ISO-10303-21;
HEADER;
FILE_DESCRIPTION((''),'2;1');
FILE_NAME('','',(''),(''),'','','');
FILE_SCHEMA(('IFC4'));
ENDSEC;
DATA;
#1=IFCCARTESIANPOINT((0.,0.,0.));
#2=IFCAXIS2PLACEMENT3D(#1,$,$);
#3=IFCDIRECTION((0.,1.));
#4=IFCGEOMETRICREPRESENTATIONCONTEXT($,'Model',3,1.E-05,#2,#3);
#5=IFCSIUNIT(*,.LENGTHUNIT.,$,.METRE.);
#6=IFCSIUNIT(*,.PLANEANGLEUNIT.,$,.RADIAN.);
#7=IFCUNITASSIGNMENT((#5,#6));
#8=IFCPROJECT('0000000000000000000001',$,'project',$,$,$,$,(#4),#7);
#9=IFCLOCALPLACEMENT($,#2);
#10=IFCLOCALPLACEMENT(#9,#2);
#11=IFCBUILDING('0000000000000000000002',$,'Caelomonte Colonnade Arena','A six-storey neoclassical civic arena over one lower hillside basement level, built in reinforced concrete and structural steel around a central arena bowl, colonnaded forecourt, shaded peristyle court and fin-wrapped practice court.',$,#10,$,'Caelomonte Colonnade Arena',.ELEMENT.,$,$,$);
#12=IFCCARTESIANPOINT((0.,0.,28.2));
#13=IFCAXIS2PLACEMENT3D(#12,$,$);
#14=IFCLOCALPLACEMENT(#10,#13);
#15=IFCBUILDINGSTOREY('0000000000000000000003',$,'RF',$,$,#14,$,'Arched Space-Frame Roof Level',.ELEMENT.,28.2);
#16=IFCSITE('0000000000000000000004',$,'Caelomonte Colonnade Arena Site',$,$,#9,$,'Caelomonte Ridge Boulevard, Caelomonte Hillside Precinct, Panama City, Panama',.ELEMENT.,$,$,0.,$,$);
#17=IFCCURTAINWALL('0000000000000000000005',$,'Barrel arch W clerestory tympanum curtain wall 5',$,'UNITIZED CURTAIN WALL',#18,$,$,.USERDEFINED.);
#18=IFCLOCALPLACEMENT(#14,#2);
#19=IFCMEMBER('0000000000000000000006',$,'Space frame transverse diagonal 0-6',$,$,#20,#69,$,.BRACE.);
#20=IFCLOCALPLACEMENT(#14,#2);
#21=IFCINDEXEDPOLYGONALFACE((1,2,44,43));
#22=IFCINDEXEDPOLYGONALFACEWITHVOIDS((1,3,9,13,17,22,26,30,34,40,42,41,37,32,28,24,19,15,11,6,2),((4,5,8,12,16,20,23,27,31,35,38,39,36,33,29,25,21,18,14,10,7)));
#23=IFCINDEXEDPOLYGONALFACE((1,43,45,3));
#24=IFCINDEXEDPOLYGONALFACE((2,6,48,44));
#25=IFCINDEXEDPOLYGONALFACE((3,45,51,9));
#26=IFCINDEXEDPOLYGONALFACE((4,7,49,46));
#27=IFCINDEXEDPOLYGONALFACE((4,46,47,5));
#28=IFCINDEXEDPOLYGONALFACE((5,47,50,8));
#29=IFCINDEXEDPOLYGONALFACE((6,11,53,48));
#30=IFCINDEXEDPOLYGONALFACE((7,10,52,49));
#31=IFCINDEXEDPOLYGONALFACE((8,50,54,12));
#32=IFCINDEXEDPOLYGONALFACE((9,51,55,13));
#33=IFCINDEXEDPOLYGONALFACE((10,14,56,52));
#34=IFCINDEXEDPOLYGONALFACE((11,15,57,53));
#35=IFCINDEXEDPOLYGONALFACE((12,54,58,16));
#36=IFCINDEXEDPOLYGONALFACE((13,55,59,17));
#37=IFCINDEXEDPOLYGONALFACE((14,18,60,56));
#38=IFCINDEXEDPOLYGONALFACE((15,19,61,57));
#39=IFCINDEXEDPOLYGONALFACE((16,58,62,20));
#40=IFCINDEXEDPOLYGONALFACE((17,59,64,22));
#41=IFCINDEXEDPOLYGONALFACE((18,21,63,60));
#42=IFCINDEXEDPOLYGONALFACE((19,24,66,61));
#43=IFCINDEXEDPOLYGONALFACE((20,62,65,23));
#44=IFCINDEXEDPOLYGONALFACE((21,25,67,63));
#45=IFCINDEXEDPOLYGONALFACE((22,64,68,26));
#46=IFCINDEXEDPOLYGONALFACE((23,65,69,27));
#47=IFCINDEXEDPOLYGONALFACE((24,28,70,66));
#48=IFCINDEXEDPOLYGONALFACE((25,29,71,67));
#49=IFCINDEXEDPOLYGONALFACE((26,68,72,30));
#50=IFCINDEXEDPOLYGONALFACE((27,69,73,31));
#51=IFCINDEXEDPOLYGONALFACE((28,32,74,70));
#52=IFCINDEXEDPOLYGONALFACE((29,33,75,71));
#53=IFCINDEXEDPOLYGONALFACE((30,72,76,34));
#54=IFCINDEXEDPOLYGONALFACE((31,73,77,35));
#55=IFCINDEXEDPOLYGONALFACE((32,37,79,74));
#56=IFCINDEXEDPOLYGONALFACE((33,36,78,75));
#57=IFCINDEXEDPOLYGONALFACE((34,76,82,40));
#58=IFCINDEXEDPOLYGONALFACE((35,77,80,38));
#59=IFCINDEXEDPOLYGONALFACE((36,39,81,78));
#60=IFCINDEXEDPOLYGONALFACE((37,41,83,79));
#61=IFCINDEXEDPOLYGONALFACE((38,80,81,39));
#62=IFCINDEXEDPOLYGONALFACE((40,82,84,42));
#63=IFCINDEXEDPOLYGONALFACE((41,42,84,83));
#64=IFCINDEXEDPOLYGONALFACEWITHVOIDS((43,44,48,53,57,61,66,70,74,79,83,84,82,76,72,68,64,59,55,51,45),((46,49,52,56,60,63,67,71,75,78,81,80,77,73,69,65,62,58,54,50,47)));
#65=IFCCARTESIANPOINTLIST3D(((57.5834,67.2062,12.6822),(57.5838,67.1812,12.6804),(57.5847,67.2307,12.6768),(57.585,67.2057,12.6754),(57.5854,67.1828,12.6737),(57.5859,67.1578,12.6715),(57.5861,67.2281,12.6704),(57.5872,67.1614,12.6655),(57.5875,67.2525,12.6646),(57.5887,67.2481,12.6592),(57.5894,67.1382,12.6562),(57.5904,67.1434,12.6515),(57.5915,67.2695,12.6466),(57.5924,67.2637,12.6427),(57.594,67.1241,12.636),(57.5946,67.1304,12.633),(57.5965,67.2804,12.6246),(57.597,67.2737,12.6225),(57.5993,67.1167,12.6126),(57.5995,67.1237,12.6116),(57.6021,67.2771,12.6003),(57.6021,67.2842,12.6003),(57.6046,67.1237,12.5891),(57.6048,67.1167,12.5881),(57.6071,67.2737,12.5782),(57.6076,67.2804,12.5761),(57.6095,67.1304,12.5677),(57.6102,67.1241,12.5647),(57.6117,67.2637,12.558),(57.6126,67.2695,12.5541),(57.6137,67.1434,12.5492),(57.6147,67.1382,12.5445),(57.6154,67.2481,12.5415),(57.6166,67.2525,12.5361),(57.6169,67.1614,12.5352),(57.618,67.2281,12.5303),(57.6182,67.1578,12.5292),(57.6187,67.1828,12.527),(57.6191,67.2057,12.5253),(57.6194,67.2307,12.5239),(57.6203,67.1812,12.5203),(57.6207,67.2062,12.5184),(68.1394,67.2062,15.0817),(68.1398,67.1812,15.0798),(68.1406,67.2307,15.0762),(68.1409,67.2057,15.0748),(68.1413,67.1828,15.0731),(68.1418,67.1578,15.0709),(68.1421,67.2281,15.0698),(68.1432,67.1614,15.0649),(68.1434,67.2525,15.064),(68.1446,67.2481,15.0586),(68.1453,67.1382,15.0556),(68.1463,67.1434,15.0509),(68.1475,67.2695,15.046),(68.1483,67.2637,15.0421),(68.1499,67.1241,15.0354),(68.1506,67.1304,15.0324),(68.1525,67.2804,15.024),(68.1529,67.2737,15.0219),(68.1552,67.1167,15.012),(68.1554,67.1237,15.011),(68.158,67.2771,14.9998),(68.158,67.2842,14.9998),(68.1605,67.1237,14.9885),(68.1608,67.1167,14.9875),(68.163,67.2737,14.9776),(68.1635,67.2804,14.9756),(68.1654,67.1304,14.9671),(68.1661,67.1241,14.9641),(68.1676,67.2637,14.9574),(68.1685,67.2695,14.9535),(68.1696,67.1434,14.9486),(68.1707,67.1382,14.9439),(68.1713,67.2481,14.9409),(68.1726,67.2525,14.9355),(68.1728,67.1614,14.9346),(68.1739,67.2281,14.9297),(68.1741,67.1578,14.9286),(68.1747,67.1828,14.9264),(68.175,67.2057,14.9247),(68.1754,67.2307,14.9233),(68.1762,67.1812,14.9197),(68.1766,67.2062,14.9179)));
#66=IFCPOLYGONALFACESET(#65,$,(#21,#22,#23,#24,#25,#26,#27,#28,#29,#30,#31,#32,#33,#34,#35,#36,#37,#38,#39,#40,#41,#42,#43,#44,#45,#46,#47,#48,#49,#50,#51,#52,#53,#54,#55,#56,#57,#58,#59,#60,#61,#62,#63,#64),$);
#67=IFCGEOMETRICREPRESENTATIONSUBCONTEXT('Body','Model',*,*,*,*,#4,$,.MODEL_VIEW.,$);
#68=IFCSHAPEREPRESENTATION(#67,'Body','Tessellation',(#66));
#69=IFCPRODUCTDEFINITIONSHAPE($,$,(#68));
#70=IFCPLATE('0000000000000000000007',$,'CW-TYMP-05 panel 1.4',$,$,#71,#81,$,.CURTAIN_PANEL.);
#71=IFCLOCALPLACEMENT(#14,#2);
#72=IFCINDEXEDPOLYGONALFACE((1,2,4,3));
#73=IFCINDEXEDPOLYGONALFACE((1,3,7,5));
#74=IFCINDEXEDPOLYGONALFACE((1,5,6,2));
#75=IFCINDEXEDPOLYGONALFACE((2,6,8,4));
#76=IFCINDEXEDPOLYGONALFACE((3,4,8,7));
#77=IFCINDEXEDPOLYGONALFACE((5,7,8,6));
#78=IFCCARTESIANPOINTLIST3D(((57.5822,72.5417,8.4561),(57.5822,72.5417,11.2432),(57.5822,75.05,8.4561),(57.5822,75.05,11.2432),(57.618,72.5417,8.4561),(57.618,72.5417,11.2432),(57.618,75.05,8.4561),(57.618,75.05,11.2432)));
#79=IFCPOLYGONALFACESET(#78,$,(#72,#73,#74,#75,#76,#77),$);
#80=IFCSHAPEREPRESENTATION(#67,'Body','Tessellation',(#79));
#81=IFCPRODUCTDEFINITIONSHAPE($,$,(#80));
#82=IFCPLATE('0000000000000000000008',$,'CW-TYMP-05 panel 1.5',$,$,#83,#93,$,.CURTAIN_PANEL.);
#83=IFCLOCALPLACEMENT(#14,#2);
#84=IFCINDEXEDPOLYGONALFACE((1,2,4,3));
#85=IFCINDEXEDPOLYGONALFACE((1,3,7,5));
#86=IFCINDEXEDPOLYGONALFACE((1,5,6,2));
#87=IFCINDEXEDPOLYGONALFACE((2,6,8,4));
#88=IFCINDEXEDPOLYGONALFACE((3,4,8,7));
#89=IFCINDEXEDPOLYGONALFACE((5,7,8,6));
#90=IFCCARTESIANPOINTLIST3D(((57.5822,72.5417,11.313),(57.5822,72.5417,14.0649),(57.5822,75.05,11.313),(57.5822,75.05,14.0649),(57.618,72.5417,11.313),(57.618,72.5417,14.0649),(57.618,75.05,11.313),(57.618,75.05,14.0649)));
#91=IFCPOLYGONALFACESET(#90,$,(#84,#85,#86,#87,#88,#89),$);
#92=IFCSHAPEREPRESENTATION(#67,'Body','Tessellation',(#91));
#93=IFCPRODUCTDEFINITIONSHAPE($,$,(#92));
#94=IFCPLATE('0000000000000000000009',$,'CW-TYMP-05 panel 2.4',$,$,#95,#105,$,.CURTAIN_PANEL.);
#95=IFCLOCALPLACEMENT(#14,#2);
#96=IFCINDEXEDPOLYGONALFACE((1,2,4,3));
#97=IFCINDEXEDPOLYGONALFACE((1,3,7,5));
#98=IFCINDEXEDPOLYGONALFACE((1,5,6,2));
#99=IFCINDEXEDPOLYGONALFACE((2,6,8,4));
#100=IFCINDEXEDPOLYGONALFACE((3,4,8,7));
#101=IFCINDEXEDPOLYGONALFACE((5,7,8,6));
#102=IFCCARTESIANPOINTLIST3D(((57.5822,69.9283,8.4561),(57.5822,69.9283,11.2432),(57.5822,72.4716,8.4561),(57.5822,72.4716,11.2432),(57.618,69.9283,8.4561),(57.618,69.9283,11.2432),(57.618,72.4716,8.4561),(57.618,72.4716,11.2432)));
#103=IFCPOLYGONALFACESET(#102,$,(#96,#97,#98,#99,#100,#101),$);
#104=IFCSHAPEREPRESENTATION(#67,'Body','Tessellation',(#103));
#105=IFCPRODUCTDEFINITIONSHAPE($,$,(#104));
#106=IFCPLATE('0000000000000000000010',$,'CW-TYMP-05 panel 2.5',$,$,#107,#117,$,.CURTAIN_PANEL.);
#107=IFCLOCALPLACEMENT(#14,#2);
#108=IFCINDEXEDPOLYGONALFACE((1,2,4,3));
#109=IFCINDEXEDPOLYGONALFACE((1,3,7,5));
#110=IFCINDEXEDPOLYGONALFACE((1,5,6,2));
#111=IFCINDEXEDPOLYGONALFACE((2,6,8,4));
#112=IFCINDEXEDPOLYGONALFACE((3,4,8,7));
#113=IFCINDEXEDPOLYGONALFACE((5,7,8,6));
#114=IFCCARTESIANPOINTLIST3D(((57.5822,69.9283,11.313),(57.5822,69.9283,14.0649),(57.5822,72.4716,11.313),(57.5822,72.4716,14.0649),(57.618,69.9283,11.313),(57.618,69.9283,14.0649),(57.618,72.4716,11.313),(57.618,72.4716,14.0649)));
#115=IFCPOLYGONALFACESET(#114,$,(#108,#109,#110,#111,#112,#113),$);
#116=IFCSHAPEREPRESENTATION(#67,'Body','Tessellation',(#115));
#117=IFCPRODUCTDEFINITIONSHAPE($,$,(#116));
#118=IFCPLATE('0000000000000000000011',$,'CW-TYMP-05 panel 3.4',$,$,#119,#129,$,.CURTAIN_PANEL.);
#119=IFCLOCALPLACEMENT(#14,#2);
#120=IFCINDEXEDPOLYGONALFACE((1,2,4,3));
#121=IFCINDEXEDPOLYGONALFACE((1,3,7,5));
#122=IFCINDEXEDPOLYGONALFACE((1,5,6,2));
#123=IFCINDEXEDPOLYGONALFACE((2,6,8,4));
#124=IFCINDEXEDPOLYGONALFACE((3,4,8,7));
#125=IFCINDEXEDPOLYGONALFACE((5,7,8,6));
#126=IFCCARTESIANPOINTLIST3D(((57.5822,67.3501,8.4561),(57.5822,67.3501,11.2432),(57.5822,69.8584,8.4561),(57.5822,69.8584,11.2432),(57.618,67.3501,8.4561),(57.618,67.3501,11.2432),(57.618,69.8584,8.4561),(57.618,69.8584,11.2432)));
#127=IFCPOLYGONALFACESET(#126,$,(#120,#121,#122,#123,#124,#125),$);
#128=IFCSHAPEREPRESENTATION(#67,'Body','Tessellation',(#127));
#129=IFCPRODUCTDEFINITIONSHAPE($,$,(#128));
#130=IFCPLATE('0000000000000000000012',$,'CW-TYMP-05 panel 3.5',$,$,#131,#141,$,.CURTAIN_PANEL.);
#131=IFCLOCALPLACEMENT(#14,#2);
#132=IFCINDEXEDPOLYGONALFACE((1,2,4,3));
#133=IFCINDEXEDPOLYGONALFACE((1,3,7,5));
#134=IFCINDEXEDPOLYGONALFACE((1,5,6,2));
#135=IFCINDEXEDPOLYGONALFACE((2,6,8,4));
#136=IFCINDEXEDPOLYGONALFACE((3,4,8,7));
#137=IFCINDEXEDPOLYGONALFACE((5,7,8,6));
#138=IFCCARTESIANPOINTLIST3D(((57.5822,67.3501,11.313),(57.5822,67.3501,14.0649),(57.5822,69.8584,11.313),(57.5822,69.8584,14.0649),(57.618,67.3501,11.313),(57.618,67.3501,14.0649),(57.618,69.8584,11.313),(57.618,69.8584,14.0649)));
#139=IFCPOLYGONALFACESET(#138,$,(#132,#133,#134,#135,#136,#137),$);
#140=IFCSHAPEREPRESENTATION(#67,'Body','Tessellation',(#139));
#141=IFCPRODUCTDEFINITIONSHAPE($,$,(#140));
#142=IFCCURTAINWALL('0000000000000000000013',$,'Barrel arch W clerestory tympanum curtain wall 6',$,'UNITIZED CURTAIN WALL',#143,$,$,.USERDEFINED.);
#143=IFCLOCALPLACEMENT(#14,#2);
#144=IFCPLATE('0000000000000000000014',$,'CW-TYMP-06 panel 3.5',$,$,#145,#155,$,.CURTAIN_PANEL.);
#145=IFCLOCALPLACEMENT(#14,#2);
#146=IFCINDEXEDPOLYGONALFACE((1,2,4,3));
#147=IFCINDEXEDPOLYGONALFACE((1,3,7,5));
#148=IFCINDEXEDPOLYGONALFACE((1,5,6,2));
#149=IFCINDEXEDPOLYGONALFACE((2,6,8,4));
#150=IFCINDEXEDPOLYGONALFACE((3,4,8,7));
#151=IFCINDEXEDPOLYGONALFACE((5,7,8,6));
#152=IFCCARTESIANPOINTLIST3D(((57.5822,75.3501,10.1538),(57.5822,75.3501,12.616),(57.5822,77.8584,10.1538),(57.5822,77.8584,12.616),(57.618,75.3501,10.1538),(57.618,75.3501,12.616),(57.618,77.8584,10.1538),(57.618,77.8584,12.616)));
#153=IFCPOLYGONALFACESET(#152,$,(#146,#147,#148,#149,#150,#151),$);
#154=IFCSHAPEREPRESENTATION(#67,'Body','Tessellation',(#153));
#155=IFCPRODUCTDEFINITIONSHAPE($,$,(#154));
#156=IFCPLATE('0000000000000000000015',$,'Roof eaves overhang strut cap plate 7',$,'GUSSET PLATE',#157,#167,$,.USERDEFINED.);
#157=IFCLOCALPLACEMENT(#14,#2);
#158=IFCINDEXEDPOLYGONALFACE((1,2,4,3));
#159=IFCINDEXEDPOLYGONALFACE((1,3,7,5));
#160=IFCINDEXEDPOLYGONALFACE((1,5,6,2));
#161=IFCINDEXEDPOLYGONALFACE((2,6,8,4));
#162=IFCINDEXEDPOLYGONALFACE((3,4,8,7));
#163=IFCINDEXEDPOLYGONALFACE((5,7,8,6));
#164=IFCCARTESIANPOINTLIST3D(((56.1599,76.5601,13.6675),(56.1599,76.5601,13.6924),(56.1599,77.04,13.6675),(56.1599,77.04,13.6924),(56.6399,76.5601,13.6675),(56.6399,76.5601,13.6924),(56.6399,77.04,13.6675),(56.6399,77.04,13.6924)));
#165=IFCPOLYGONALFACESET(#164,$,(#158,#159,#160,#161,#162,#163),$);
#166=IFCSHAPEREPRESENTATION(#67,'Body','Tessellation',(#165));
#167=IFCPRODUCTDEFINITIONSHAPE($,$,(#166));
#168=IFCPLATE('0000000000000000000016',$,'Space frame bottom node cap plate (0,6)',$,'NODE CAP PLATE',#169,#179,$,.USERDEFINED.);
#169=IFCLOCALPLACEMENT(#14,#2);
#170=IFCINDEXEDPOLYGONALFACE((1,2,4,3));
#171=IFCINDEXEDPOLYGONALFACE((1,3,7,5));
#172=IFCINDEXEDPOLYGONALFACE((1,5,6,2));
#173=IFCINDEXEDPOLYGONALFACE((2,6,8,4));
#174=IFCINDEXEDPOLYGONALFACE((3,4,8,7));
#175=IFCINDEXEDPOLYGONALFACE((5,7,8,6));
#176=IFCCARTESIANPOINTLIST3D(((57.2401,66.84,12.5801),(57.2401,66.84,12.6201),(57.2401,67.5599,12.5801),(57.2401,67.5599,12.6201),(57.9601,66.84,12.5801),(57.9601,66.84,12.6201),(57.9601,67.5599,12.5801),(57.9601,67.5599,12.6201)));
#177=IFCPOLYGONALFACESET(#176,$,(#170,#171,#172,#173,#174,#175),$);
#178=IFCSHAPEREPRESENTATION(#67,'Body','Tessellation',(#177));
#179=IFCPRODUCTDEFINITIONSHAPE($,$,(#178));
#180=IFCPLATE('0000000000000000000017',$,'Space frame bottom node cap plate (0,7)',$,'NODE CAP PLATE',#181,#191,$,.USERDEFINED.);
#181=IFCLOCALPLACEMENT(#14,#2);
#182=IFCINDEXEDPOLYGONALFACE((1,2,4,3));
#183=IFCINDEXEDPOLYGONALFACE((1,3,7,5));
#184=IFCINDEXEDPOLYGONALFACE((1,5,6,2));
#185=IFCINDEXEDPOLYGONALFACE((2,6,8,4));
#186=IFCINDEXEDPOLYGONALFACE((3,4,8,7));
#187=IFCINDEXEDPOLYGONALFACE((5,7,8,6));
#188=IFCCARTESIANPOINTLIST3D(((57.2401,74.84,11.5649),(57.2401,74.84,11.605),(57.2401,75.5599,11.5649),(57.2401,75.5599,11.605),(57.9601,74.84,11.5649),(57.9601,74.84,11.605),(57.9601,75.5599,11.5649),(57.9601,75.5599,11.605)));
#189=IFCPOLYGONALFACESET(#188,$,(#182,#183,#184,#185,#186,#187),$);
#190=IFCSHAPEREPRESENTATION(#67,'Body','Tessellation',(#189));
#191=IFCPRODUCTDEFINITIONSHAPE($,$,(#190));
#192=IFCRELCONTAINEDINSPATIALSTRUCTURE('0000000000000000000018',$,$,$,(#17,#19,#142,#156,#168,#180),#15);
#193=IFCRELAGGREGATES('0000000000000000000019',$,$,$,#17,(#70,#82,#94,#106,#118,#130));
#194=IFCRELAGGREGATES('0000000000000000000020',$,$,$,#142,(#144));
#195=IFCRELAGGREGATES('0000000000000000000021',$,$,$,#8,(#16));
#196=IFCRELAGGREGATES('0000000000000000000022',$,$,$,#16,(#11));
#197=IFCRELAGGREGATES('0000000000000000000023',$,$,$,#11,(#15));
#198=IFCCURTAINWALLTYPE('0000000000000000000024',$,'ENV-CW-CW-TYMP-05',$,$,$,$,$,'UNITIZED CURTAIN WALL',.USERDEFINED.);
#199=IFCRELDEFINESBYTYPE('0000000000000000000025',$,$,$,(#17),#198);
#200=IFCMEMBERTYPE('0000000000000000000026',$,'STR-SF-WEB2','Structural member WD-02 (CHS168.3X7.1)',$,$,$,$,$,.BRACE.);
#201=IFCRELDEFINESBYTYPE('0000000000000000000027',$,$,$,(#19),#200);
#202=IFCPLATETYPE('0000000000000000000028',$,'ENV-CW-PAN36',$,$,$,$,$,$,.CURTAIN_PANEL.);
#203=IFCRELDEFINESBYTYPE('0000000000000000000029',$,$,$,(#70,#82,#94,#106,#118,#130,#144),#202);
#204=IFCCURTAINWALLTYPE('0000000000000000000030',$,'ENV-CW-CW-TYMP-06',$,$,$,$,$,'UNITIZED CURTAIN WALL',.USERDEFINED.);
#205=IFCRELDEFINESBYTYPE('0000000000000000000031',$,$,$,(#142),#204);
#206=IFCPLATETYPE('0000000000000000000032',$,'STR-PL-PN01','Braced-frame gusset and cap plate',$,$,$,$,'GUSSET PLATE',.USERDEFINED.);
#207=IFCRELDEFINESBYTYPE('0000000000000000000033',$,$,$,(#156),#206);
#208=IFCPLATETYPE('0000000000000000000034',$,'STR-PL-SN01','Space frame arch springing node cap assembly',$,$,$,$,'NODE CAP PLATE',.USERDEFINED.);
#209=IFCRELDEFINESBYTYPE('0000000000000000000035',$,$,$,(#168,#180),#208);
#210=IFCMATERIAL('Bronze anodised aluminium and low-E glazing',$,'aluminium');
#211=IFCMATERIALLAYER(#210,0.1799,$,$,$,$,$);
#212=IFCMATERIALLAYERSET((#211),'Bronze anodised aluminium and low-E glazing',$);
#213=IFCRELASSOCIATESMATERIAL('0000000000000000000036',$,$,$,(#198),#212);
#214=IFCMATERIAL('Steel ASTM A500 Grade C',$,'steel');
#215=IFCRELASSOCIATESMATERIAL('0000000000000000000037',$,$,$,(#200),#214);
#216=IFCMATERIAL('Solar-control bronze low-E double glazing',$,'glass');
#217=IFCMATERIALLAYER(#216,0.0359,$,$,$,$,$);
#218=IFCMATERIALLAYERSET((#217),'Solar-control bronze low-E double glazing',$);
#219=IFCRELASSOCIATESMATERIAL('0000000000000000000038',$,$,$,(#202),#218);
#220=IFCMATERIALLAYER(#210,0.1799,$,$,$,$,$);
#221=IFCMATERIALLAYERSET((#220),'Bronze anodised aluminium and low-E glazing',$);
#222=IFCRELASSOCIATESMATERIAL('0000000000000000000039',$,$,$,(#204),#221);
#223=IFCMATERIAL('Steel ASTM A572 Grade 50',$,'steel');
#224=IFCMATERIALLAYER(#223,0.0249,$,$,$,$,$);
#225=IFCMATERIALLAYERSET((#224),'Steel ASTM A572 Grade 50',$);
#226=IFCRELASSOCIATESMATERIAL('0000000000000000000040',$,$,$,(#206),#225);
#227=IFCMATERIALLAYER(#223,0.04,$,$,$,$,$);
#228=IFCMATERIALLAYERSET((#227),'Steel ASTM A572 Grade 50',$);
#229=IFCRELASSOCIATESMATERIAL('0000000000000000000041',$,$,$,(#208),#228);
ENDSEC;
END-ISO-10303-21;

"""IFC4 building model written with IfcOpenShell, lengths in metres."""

from ifc_helpers import new_model, si_unit, direction, frame, origin, origin_2d, place, context, subcontext, project, spatial, rectangle, hollow_circle, extrude, material, layer, layer_set, material_profile, profile_set, type_object, element, aggregate, save


model = new_model("IFC4")

# Units and contexts
model_context = context("Model", 3, precision=1e-05, world=origin(), true_north=direction((0.0, 1.0)))
body_context = subcontext(model_context, "Body", "Model", "MODEL_VIEW")
ifc_project = project(units=[si_unit("LENGTHUNIT", "METRE"), si_unit("PLANEANGLEUNIT", "RADIAN")], contexts=[model_context])

# Site, building, storey
site_placement = place(None, origin())
site = spatial("IfcSite", under=ifc_project, at=site_placement, Name="Caelomonte Colonnade Arena Site", LongName="Caelomonte Ridge Boulevard, Caelomonte Hillside Precinct, Panama City, Panama", CompositionType="ELEMENT", RefElevation=0.0)
building_placement = place(site_placement, origin())
building = spatial("IfcBuilding", under=site, at=building_placement, Name="Caelomonte Colonnade Arena", Description="A six-storey neoclassical civic arena over one lower hillside basement level, built in reinforced concrete and structural steel around a central arena bowl, colonnaded forecourt, shaded peristyle court and fin-wrapped practice court.", LongName="Caelomonte Colonnade Arena", CompositionType="ELEMENT")
storey_placement = place(building_placement, frame((0.0, 0.0, 28.2)))
storey = spatial("IfcBuildingStorey", under=building, at=storey_placement, Name="RF", LongName="Arched Space-Frame Roof Level", CompositionType="ELEMENT", Elevation=28.2)

# Curtain wall
ifc_material_1 = material(Name="Bronze anodised aluminium and low-E glazing", Category="aluminium")
ifc_layer_1 = layer(ifc_material_1, 0.1799)
ifc_layer_set_1 = layer_set([ifc_layer_1], Name="Bronze anodised aluminium and low-E glazing")
curtain_wall_type_1 = type_object("IfcCurtainWallType", Name="ENV-CW-CW-TYMP-05", ElementType="UNITIZED CURTAIN WALL", PredefinedType="USERDEFINED", material=ifc_layer_set_1)
curtain_wall_1_placement = place(storey_placement, origin())
curtain_wall_1 = element("IfcCurtainWall", 1, at=curtain_wall_1_placement, inside=storey, type_object=curtain_wall_type_1, Name="Barrel arch W clerestory tympanum curtain wall 5", ObjectType="UNITIZED CURTAIN WALL", PredefinedType="USERDEFINED")

# Member
ifc_material_2 = material(Name="Steel ASTM A500 Grade C", Category="steel")
ifc_material_profile_1 = material_profile(ifc_material_2, hollow_circle(Radius=0.0842, WallThickness=0.0071, at=origin_2d()), Name="CHS168.3X7.1")
ifc_profile_set_1 = profile_set([ifc_material_profile_1], Name="Steel ASTM A500 Grade C")
member_type_1 = type_object("IfcMemberType", Name="STR-SF-WEB2", Description="Structural member WD-02 (CHS168.3X7.1)", PredefinedType="BRACE", material=ifc_profile_set_1)
member_1_placement = place(storey_placement, frame((57.6021, 67.2, 12.6003), z_axis=(0.975126, 0.0, 0.221651), x_axis=(0.0, 1.0, 0.0)))
element("IfcMember", 2, at=member_1_placement, inside=storey, type_object=member_type_1, Name="Space frame transverse diagonal 0-6", PredefinedType="BRACE", context=body_context, shape_type="SweptSolid", body=[
    extrude(hollow_circle(Radius=0.0842, WallThickness=0.0071, at=origin_2d()), origin(), (0.0, 0.0, 1.0), 10.8252),
])

# Plates
ifc_material_3 = material(Name="Solar-control bronze low-E double glazing", Category="glass")
ifc_layer_2 = layer(ifc_material_3, 0.0359)
ifc_layer_set_2 = layer_set([ifc_layer_2], Name="Solar-control bronze low-E double glazing")
plate_type_1 = type_object("IfcPlateType", Name="ENV-CW-PAN36", PredefinedType="CURTAIN_PANEL", material=ifc_layer_set_2)
plate_1_placement = place(storey_placement, frame((57.6001, 73.7959, 8.4561), z_axis=(0.0, 0.0, 1.0), x_axis=(0.0, -1.0, 0.0)))
plate_1 = element("IfcPlate", 3, at=plate_1_placement, type_object=plate_type_1, Name="CW-TYMP-05 panel 1.4", PredefinedType="CURTAIN_PANEL", context=body_context, shape_type="SweptSolid", body=[
    extrude(rectangle(XDim=2.5083, YDim=0.0359, at=origin_2d()), origin(), (0.0, 0.0, 1.0), 2.7871),
])
plate_2_placement = place(storey_placement, frame((57.6001, 73.7959, 11.313), z_axis=(0.0, 0.0, 1.0), x_axis=(0.0, -1.0, 0.0)))
plate_2 = element("IfcPlate", 4, at=plate_2_placement, type_object=plate_type_1, Name="CW-TYMP-05 panel 1.5", PredefinedType="CURTAIN_PANEL", context=body_context, shape_type="SweptSolid", body=[
    extrude(rectangle(XDim=2.5083, YDim=0.0359, at=origin_2d()), origin(), (0.0, 0.0, 1.0), 2.752),
])
plate_3_placement = place(storey_placement, frame((57.6001, 71.2, 8.4561), z_axis=(0.0, 0.0, 1.0), x_axis=(0.0, -1.0, 0.0)))
plate_3 = element("IfcPlate", 5, at=plate_3_placement, type_object=plate_type_1, Name="CW-TYMP-05 panel 2.4", PredefinedType="CURTAIN_PANEL", context=body_context, shape_type="SweptSolid", body=[
    extrude(rectangle(XDim=2.5432, YDim=0.0359, at=origin_2d()), origin(), (0.0, 0.0, 1.0), 2.7871),
])
plate_4_placement = place(storey_placement, frame((57.6001, 71.2, 11.313), z_axis=(0.0, 0.0, 1.0), x_axis=(0.0, -1.0, 0.0)))
plate_4 = element("IfcPlate", 6, at=plate_4_placement, type_object=plate_type_1, Name="CW-TYMP-05 panel 2.5", PredefinedType="CURTAIN_PANEL", context=body_context, shape_type="SweptSolid", body=[
    extrude(rectangle(XDim=2.5432, YDim=0.0359, at=origin_2d()), origin(), (0.0, 0.0, 1.0), 2.752),
])
plate_5_placement = place(storey_placement, frame((57.6001, 68.6042, 8.4561), z_axis=(0.0, 0.0, 1.0), x_axis=(0.0, -1.0, 0.0)))
plate_5 = element("IfcPlate", 7, at=plate_5_placement, type_object=plate_type_1, Name="CW-TYMP-05 panel 3.4", PredefinedType="CURTAIN_PANEL", context=body_context, shape_type="SweptSolid", body=[
    extrude(rectangle(XDim=2.5083, YDim=0.0359, at=origin_2d()), origin(), (0.0, 0.0, 1.0), 2.7871),
])
plate_6_placement = place(storey_placement, frame((57.6001, 68.6042, 11.313), z_axis=(0.0, 0.0, 1.0), x_axis=(0.0, -1.0, 0.0)))
plate_6 = element("IfcPlate", 8, at=plate_6_placement, type_object=plate_type_1, Name="CW-TYMP-05 panel 3.5", PredefinedType="CURTAIN_PANEL", context=body_context, shape_type="SweptSolid", body=[
    extrude(rectangle(XDim=2.5083, YDim=0.0359, at=origin_2d()), origin(), (0.0, 0.0, 1.0), 2.752),
])
aggregate(curtain_wall_1, [plate_1, plate_2, plate_3, plate_4, plate_5, plate_6])

# Curtain wall, plate
ifc_layer_3 = layer(ifc_material_1, 0.1799)
ifc_layer_set_3 = layer_set([ifc_layer_3], Name="Bronze anodised aluminium and low-E glazing")
curtain_wall_type_2 = type_object("IfcCurtainWallType", Name="ENV-CW-CW-TYMP-06", ElementType="UNITIZED CURTAIN WALL", PredefinedType="USERDEFINED", material=ifc_layer_set_3)
curtain_wall_2_placement = place(storey_placement, origin())
curtain_wall_2 = element("IfcCurtainWall", 9, at=curtain_wall_2_placement, inside=storey, type_object=curtain_wall_type_2, Name="Barrel arch W clerestory tympanum curtain wall 6", ObjectType="UNITIZED CURTAIN WALL", PredefinedType="USERDEFINED")
plate_7_placement = place(storey_placement, frame((57.6001, 76.6042, 10.1538), z_axis=(0.0, 0.0, 1.0), x_axis=(0.0, -1.0, 0.0)))
plate_7 = element("IfcPlate", 10, at=plate_7_placement, type_object=plate_type_1, Name="CW-TYMP-06 panel 3.5", PredefinedType="CURTAIN_PANEL", context=body_context, shape_type="SweptSolid", body=[
    extrude(rectangle(XDim=2.5083, YDim=0.0359, at=origin_2d()), origin(), (0.0, 0.0, 1.0), 2.4622),
])
aggregate(curtain_wall_2, [plate_7])

# Plates
ifc_material_4 = material(Name="Steel ASTM A572 Grade 50", Category="steel")
ifc_layer_4 = layer(ifc_material_4, 0.0249)
ifc_layer_set_4 = layer_set([ifc_layer_4], Name="Steel ASTM A572 Grade 50")
plate_type_2 = type_object("IfcPlateType", Name="STR-PL-PN01", Description="Braced-frame gusset and cap plate", ElementType="GUSSET PLATE", PredefinedType="USERDEFINED", material=ifc_layer_set_4)
plate_8_placement = place(storey_placement, frame((56.3999, 76.8, 13.6675), z_axis=(0.0, 0.0, 1.0), x_axis=(1.0, 0.0, 0.0)))
element("IfcPlate", 11, at=plate_8_placement, inside=storey, type_object=plate_type_2, Name="Roof eaves overhang strut cap plate 7", ObjectType="GUSSET PLATE", PredefinedType="USERDEFINED", context=body_context, shape_type="SweptSolid", body=[
    extrude(rectangle(XDim=0.48, YDim=0.48, at=origin_2d()), origin(), (0.0, 0.0, 1.0), 0.0249),
])
ifc_layer_5 = layer(ifc_material_4, 0.04)
ifc_layer_set_5 = layer_set([ifc_layer_5], Name="Steel ASTM A572 Grade 50")
plate_type_3 = type_object("IfcPlateType", Name="STR-PL-SN01", Description="Space frame arch springing node cap assembly", ElementType="NODE CAP PLATE", PredefinedType="USERDEFINED", material=ifc_layer_set_5)
for number, where, z_axis, x_axis, name in (
    (12, (57.6001, 67.2, 12.5801), (0.0, 0.0, 1.0), (1.0, 0.0, 0.0), "Space frame bottom node cap plate (0,6)"),
    (13, (57.6001, 75.2, 11.5649), (0.0, 0.0, 1.0), (1.0, 0.0, 0.0), "Space frame bottom node cap plate (0,7)"),
):
    element("IfcPlate", number, at=place(storey_placement, frame(where, z_axis=z_axis, x_axis=x_axis)), inside=storey, type_object=plate_type_3, Name=name, ObjectType="NODE CAP PLATE", PredefinedType="USERDEFINED", context=body_context, shape_type="SweptSolid", body=[
        extrude(rectangle(XDim=0.72, YDim=0.72, at=origin_2d()), origin(), (0.0, 0.0, 1.0), 0.04),
    ])

save(model, "model.ifc")
